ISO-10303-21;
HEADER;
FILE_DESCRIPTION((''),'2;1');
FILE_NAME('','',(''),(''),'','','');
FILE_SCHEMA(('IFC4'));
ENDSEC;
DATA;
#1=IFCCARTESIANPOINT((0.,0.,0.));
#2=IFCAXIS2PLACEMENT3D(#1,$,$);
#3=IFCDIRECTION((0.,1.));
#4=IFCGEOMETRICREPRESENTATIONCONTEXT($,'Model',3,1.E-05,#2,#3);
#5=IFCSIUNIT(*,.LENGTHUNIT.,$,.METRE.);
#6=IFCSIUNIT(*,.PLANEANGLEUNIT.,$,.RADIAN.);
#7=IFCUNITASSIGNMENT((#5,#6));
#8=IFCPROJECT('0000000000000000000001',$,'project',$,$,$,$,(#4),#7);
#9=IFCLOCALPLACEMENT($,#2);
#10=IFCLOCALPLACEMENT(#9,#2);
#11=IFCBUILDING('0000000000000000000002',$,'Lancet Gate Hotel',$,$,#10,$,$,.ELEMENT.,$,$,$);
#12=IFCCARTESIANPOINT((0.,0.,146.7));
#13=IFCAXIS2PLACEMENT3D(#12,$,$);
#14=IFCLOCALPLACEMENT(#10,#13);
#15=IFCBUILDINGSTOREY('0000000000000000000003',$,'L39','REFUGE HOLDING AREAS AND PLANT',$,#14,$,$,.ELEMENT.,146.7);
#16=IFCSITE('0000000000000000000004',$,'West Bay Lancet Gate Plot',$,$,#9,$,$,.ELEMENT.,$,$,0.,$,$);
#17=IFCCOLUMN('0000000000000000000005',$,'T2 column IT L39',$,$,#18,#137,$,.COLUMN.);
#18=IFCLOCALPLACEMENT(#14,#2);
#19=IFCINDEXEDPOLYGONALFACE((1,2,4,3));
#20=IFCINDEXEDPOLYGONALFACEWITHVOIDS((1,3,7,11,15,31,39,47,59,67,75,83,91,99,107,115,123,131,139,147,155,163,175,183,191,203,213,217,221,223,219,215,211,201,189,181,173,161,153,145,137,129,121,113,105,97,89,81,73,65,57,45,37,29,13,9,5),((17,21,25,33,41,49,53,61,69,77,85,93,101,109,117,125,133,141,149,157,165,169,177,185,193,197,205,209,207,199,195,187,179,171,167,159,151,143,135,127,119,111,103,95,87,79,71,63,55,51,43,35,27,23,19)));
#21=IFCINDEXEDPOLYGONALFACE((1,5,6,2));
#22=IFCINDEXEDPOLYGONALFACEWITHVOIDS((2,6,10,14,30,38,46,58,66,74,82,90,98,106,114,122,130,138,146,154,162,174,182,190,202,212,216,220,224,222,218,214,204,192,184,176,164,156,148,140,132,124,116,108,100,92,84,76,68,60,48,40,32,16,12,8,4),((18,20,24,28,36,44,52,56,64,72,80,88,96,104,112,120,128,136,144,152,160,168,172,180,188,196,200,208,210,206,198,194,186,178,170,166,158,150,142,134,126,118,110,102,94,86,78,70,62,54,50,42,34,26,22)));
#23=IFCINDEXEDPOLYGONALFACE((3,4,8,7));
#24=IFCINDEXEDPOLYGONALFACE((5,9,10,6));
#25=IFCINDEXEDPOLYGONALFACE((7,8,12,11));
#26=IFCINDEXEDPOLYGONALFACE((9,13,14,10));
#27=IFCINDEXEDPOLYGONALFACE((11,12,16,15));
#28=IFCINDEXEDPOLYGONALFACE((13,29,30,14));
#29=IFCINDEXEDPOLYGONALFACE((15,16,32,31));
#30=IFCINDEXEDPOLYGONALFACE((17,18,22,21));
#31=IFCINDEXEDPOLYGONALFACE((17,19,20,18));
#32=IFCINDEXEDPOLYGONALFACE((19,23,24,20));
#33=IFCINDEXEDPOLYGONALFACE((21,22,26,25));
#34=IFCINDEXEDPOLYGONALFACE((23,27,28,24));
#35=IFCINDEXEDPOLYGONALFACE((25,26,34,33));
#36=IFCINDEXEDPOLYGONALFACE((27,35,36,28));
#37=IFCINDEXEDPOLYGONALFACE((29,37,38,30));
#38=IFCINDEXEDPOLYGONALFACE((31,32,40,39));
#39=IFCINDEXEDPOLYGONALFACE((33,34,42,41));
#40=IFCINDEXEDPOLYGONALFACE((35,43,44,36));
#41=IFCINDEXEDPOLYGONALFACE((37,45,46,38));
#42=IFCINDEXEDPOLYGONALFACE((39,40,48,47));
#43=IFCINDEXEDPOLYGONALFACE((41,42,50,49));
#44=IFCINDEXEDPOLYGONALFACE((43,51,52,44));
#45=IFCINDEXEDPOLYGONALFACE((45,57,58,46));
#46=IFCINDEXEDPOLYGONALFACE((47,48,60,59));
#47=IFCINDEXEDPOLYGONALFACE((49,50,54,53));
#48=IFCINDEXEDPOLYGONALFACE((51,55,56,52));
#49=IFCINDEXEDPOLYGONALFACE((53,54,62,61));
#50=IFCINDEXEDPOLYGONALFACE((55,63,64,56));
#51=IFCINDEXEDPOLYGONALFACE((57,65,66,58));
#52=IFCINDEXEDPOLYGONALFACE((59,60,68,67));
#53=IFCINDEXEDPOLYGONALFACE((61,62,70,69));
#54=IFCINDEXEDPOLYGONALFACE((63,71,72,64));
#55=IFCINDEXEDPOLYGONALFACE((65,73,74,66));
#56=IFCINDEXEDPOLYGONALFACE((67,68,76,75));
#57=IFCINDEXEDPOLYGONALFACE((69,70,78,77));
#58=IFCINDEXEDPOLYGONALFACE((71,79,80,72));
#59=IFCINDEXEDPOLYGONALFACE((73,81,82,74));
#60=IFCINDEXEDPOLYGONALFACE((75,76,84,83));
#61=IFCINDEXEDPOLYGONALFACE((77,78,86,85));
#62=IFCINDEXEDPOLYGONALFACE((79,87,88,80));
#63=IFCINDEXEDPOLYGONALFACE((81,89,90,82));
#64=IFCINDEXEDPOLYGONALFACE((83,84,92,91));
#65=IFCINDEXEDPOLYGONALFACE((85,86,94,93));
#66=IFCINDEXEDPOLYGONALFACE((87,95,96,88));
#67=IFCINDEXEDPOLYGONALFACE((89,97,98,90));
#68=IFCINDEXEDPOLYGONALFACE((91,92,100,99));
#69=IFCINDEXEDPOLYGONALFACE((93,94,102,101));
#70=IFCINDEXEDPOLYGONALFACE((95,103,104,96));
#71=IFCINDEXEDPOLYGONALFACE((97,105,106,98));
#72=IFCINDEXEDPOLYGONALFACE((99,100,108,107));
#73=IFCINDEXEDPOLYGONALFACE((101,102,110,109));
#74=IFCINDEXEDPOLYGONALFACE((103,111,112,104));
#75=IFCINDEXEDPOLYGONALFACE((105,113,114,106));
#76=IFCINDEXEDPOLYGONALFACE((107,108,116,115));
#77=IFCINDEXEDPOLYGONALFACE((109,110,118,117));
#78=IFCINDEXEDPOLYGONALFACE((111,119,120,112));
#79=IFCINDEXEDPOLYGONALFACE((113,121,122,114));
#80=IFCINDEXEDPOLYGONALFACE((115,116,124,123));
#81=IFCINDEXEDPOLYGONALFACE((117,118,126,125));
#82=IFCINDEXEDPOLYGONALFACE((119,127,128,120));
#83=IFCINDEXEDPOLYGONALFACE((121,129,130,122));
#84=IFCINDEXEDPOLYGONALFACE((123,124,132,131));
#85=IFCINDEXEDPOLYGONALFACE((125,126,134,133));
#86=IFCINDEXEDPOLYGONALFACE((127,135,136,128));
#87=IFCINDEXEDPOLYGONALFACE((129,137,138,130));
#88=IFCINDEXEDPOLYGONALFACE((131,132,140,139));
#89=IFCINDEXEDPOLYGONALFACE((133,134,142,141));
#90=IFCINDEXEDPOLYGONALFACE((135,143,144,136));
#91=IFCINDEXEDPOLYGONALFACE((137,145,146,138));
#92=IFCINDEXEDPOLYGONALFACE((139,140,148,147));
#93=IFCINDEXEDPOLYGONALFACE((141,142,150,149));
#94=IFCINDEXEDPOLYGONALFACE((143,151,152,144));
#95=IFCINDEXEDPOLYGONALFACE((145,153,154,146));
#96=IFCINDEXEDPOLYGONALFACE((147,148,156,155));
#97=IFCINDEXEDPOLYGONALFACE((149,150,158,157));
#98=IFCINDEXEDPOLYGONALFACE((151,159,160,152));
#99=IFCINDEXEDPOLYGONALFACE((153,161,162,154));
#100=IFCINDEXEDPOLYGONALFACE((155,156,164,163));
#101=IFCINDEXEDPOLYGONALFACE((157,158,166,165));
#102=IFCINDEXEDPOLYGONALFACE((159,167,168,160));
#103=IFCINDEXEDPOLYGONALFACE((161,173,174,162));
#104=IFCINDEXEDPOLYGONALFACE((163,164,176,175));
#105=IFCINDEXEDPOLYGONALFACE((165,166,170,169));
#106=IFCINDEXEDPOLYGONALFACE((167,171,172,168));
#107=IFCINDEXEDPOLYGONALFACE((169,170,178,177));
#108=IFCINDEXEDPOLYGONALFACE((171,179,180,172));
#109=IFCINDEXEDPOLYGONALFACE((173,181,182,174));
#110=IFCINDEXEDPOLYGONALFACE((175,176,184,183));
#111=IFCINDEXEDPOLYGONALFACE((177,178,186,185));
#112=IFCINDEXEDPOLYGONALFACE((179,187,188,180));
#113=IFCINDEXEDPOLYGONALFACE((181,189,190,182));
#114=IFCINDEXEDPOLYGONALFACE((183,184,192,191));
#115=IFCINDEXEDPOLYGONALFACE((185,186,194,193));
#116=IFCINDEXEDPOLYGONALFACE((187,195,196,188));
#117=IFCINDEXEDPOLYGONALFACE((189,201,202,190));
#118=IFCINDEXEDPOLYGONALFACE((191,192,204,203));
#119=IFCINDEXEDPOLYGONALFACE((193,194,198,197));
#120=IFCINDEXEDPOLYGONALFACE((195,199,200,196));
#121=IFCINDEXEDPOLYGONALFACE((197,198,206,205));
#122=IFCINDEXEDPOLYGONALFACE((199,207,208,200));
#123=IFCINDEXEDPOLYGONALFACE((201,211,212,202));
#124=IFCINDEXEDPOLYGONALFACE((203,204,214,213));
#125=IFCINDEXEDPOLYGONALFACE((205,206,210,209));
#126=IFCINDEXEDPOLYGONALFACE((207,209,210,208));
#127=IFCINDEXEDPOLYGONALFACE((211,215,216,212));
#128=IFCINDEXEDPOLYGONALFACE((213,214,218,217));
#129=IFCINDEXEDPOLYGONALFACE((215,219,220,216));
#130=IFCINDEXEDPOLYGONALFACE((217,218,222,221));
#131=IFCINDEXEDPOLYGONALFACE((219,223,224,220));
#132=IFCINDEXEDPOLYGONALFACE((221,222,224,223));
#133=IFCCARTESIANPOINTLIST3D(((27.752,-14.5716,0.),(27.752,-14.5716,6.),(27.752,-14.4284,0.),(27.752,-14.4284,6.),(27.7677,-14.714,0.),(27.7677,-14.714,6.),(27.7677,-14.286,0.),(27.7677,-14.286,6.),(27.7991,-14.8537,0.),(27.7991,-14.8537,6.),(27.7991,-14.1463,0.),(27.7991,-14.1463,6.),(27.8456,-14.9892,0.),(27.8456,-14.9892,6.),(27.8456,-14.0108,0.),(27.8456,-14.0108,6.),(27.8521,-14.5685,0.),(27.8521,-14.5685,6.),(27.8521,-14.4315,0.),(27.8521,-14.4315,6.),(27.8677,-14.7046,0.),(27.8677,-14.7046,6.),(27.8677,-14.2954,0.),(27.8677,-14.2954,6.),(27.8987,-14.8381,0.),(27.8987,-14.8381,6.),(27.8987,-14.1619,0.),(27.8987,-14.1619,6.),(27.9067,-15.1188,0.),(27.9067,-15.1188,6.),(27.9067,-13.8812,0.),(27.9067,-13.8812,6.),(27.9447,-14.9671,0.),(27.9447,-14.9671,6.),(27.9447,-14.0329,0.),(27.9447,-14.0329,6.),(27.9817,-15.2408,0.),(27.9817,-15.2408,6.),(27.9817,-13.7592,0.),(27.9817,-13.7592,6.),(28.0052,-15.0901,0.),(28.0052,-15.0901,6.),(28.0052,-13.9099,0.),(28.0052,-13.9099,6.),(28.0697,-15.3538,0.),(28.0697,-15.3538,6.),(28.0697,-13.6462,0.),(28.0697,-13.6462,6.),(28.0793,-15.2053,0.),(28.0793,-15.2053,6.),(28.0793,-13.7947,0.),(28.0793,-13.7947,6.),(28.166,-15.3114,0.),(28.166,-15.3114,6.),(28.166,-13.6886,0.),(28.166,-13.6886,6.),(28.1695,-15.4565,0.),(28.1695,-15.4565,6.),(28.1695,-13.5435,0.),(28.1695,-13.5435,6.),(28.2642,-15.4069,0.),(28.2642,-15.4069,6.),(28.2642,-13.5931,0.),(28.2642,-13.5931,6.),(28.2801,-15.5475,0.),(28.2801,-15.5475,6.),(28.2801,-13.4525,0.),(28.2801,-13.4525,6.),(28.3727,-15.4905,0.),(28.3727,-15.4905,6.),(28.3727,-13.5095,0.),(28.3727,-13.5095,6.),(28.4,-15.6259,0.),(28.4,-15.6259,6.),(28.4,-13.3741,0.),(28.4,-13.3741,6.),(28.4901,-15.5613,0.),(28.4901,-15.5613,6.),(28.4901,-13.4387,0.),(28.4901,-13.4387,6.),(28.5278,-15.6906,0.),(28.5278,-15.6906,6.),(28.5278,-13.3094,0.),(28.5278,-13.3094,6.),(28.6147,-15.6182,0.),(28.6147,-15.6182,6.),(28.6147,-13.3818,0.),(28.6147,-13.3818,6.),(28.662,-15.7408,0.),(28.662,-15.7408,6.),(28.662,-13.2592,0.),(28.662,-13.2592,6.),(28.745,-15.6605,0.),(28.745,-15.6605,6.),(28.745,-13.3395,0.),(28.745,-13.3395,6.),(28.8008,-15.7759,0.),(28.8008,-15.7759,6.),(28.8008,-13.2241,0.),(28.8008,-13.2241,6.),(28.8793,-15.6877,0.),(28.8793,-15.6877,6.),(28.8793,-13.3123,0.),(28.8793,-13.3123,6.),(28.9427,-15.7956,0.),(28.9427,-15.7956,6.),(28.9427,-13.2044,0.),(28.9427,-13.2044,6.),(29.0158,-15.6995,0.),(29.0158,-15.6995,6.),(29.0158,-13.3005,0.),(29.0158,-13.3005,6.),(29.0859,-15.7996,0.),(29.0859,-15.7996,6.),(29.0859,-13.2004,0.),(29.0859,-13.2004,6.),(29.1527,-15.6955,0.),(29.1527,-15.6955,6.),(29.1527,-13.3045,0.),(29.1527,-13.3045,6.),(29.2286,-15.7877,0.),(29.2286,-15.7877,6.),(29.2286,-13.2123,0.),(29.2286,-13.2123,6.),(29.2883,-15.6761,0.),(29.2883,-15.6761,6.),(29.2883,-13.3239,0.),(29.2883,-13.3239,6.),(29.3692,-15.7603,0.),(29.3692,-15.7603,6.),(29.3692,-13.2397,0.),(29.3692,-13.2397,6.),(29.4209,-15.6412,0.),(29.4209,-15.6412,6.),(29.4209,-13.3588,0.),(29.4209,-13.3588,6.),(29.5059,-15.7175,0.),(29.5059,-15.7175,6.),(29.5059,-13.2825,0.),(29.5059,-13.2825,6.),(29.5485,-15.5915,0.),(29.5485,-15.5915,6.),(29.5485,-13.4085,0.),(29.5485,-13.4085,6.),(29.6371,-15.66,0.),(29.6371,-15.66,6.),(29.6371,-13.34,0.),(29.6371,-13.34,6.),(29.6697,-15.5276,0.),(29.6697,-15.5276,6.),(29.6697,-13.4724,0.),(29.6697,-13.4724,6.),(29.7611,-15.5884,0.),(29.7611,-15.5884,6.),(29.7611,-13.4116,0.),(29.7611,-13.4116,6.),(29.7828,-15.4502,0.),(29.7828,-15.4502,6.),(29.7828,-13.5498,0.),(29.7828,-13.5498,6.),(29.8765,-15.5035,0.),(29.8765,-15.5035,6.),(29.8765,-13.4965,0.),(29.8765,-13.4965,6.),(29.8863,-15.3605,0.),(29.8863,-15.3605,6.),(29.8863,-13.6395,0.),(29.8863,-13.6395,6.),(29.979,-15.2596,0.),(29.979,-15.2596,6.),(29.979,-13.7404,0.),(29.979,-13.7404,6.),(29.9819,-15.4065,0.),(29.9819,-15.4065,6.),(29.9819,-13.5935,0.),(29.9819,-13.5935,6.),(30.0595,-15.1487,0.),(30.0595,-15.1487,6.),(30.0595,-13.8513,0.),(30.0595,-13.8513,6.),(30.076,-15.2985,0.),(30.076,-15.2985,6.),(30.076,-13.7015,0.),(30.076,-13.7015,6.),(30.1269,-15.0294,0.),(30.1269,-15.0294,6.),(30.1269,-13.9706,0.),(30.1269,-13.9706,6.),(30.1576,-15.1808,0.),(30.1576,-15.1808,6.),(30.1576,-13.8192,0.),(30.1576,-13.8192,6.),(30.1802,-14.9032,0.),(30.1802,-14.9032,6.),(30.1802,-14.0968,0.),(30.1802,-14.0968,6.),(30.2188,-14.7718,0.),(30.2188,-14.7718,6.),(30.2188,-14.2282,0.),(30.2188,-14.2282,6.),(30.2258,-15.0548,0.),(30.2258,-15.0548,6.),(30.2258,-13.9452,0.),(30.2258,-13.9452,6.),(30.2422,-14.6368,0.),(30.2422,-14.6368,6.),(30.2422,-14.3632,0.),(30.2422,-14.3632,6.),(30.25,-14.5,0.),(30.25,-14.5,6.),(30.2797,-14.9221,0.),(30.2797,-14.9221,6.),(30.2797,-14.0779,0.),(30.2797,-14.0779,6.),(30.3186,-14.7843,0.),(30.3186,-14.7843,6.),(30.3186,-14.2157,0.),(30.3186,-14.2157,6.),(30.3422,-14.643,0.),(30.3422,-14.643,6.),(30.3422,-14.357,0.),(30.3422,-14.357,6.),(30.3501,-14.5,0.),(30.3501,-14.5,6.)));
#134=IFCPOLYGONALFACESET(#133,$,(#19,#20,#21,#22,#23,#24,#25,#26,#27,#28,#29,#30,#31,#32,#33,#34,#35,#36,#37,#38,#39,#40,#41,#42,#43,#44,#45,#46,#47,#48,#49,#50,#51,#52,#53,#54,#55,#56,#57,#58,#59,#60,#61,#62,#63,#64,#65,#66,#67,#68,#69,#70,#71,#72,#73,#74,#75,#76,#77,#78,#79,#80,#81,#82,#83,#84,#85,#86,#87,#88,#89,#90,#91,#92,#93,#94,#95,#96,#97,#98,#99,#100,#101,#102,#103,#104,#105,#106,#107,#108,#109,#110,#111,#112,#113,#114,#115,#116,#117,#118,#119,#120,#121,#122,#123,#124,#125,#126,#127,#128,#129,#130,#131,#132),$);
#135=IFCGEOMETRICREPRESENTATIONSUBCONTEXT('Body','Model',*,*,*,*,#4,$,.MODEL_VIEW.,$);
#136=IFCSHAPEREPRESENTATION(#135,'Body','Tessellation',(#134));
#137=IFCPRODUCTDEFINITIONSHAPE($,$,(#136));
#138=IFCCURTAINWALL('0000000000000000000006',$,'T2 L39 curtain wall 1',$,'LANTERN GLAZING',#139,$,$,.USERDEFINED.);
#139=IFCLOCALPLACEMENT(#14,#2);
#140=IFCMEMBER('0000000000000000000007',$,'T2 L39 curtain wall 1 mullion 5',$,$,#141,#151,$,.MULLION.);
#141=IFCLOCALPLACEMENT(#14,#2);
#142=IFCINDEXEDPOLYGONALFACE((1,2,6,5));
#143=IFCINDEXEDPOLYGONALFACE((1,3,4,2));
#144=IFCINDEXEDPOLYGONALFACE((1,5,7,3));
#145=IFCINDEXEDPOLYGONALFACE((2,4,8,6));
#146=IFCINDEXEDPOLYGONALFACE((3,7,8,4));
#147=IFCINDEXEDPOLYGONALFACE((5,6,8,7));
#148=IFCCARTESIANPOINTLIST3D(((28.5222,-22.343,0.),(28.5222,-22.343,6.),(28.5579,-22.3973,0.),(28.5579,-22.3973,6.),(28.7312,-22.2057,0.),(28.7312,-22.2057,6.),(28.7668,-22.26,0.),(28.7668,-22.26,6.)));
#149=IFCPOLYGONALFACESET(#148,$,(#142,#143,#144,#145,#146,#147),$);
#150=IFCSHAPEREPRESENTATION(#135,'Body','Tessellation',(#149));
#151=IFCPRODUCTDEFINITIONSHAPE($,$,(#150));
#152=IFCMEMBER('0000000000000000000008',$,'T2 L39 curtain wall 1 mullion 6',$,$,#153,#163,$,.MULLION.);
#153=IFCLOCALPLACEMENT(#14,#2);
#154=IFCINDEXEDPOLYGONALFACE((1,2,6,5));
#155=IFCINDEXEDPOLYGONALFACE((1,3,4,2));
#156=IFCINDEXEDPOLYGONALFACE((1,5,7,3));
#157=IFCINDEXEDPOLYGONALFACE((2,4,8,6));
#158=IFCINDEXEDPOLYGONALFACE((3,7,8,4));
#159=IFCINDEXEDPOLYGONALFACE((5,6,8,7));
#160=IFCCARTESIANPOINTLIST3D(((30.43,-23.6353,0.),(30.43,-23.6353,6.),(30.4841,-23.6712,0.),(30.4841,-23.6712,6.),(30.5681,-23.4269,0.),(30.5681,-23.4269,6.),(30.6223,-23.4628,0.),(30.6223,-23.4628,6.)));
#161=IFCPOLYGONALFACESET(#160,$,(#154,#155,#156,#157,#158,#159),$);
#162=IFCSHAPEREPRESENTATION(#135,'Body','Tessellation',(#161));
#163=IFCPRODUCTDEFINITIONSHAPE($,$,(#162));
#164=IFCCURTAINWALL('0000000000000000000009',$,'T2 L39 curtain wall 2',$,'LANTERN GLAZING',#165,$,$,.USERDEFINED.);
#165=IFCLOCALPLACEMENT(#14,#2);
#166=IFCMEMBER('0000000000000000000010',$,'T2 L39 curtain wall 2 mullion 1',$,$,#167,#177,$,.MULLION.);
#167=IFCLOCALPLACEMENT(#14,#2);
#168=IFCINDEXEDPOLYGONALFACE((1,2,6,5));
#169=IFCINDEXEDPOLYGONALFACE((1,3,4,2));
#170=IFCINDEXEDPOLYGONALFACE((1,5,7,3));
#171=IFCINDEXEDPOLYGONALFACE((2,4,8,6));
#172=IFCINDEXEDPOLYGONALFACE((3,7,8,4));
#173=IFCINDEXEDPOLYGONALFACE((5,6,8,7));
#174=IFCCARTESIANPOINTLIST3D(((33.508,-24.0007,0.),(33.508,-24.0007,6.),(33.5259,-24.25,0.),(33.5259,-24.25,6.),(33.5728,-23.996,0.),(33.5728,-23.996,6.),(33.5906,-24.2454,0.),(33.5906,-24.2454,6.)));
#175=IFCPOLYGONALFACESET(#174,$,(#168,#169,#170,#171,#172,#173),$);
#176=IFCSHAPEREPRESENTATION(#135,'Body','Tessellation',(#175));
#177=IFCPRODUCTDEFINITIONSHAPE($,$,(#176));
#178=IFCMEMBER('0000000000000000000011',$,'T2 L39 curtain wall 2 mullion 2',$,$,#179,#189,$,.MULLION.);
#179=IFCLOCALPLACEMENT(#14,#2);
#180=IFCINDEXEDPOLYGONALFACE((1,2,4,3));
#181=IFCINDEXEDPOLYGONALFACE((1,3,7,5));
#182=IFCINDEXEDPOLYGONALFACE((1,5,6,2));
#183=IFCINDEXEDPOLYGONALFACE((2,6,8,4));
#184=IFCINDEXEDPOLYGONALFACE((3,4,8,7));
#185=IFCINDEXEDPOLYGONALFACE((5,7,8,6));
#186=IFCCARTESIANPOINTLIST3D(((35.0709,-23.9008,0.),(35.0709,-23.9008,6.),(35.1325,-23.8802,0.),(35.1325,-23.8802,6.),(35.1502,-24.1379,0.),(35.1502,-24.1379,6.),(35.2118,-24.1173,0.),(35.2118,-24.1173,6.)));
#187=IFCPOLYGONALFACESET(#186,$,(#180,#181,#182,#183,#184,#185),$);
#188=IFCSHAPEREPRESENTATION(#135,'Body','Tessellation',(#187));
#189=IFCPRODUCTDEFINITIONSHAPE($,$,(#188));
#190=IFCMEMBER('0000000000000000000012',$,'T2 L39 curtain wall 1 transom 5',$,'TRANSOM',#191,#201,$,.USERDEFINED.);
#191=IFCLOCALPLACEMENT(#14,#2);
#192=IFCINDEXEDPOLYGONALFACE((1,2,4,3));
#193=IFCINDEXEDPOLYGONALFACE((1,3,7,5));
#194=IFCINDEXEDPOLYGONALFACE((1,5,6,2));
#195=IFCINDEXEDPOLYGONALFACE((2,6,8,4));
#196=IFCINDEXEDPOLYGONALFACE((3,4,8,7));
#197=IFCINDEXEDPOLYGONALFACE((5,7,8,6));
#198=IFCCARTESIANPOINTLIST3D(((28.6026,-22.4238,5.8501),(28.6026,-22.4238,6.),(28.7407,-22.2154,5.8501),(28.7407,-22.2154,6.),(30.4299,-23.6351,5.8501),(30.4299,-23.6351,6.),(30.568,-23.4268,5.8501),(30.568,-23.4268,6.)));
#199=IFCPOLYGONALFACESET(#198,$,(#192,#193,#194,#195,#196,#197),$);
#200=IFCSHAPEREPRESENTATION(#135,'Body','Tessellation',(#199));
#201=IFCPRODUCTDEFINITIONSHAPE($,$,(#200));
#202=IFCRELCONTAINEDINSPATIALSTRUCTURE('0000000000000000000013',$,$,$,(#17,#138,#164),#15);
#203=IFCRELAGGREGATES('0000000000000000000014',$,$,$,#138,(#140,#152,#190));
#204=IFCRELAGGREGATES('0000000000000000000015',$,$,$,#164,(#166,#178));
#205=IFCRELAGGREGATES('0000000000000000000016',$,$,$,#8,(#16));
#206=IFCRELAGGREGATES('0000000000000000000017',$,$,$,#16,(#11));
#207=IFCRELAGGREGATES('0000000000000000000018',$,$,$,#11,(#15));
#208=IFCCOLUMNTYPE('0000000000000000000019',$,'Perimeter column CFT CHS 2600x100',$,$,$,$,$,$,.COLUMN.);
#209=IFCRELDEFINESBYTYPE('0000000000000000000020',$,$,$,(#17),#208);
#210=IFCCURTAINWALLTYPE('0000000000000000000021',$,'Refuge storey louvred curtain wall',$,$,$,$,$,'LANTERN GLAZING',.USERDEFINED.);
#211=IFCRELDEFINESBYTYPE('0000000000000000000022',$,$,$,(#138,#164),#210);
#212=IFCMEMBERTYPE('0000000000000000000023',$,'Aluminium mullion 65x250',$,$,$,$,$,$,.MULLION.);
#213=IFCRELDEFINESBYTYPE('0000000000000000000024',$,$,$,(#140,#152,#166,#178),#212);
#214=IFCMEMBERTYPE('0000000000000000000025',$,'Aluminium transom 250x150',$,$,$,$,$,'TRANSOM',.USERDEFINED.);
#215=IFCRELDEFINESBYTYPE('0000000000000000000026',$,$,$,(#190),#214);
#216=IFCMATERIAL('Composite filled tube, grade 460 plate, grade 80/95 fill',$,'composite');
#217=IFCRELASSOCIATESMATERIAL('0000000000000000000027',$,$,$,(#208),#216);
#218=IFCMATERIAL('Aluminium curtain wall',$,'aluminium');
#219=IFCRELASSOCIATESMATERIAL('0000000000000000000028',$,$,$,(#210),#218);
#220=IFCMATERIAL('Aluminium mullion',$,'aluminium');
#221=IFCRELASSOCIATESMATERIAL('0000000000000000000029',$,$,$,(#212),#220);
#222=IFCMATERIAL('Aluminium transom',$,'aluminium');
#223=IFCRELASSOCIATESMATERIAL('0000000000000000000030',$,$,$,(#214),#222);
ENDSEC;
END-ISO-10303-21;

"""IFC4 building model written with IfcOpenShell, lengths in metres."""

from ifc_helpers import new_model, si_unit, direction, frame, origin, origin_2d, place, context, subcontext, project, spatial, rectangle, hollow_circle, extrude, material, material_profile, profile_set, type_object, element, aggregate, save


model = new_model("IFC4")

# Units and contexts
model_context = context("Model", 3, precision=1e-05, world=origin(), true_north=direction((0.0, 1.0)))
body_context = subcontext(model_context, "Body", "Model", "MODEL_VIEW")
ifc_project = project(units=[si_unit("LENGTHUNIT", "METRE"), si_unit("PLANEANGLEUNIT", "RADIAN")], contexts=[model_context])

# Site, building, storey
site_placement = place(None, origin())
site = spatial("IfcSite", under=ifc_project, at=site_placement, Name="West Bay Lancet Gate Plot", CompositionType="ELEMENT", RefElevation=0.0)
building_placement = place(site_placement, origin())
building = spatial("IfcBuilding", under=site, at=building_placement, Name="Lancet Gate Hotel", CompositionType="ELEMENT")
storey_placement = place(building_placement, frame((0.0, 0.0, 146.7)))
storey = spatial("IfcBuildingStorey", under=building, at=storey_placement, Name="L39", Description="REFUGE HOLDING AREAS AND PLANT", CompositionType="ELEMENT", Elevation=146.7)

# Column
ifc_material_1 = material(Name="Composite filled tube, grade 460 plate, grade 80/95 fill", Category="composite")
ifc_material_profile_1 = material_profile(ifc_material_1, hollow_circle(Radius=1.3, WallThickness=0.1001, at=origin_2d()), Name="CHS 2600x100")
ifc_profile_set_1 = profile_set([ifc_material_profile_1], Name="Composite filled tube, grade 460 plate, grade 80/95 fill")
column_type = type_object("IfcColumnType", Name="Perimeter column CFT CHS 2600x100", PredefinedType="COLUMN", material=ifc_profile_set_1)
for number, where, z_axis, x_axis, name in (
    (1, (29.05, -14.5, 0.0), (0.0, 0.0, 1.0), (1.0, 0.0, 0.0), "T2 column IT L39"),
):
    element("IfcColumn", number, at=place(storey_placement, frame(where, z_axis=z_axis, x_axis=x_axis)), inside=storey, type_object=column_type, Name=name, PredefinedType="COLUMN", context=body_context, shape_type="SweptSolid", body=[
        extrude(hollow_circle(Radius=1.3, WallThickness=0.1001, at=origin_2d()), origin(), (0.0, 0.0, 1.0), 6.0),
    ])

# Curtain walls, members
ifc_material_2 = material(Name="Aluminium curtain wall", Category="aluminium")
curtain_wall_type = type_object("IfcCurtainWallType", Name="Refuge storey louvred curtain wall", ElementType="LANTERN GLAZING", PredefinedType="USERDEFINED", material=ifc_material_2)
curtain_wall_1_placement = place(storey_placement, origin())
curtain_wall_1 = element("IfcCurtainWall", 2, at=curtain_wall_1_placement, inside=storey, type_object=curtain_wall_type, Name="T2 L39 curtain wall 1", ObjectType="LANTERN GLAZING", PredefinedType="USERDEFINED")
ifc_material_3 = material(Name="Aluminium mullion", Category="aluminium")
ifc_material_profile_2 = material_profile(ifc_material_3, rectangle(XDim=0.0649, YDim=0.25, at=origin_2d()), Name="MULLION 65x250")
ifc_profile_set_2 = profile_set([ifc_material_profile_2], Name="Aluminium mullion")
member_type_1 = type_object("IfcMemberType", Name="Aluminium mullion 65x250", PredefinedType="MULLION", material=ifc_profile_set_2)
member_1_placement = place(storey_placement, frame((28.6445, -22.3015, 0.0), z_axis=(0.0, 0.0, 1.0), x_axis=(0.549092, -0.835762, 0.0)))
member_1 = element("IfcMember", 3, at=member_1_placement, type_object=member_type_1, Name="T2 L39 curtain wall 1 mullion 5", PredefinedType="MULLION", context=body_context, shape_type="SweptSolid", body=[
    extrude(rectangle(XDim=0.0649, YDim=0.25, at=origin_2d()), origin(), (0.0, 0.0, 1.0), 6.0),
])
member_2_placement = place(storey_placement, frame((30.5261, -23.5491, 0.0), z_axis=(0.0, 0.0, 1.0), x_axis=(0.833465, -0.552573, 0.0)))
member_2 = element("IfcMember", 4, at=member_2_placement, type_object=member_type_1, Name="T2 L39 curtain wall 1 mullion 6", PredefinedType="MULLION", context=body_context, shape_type="SweptSolid", body=[
    extrude(rectangle(XDim=0.0649, YDim=0.25, at=origin_2d()), origin(), (0.0, 0.0, 1.0), 6.0),
])
curtain_wall_2_placement = place(storey_placement, origin())
curtain_wall_2 = element("IfcCurtainWall", 5, at=curtain_wall_2_placement, inside=storey, type_object=curtain_wall_type, Name="T2 L39 curtain wall 2", ObjectType="LANTERN GLAZING", PredefinedType="USERDEFINED")
member_3_placement = place(storey_placement, frame((33.5493, -24.123, 0.0), z_axis=(0.0, 0.0, 1.0), x_axis=(0.997448, 0.07139, 0.0)))
member_3 = element("IfcMember", 6, at=member_3_placement, type_object=member_type_1, Name="T2 L39 curtain wall 2 mullion 1", PredefinedType="MULLION", context=body_context, shape_type="SweptSolid", body=[
    extrude(rectangle(XDim=0.0649, YDim=0.25, at=origin_2d()), origin(), (0.0, 0.0, 1.0), 6.0),
])
member_4_placement = place(storey_placement, frame((35.1414, -24.009, 0.0), z_axis=(0.0, 0.0, 1.0), x_axis=(0.948382, 0.317129, 0.0)))
member_4 = element("IfcMember", 7, at=member_4_placement, type_object=member_type_1, Name="T2 L39 curtain wall 2 mullion 2", PredefinedType="MULLION", context=body_context, shape_type="SweptSolid", body=[
    extrude(rectangle(XDim=0.0649, YDim=0.25, at=origin_2d()), origin(), (0.0, 0.0, 1.0), 6.0),
])

# Member
ifc_material_4 = material(Name="Aluminium transom", Category="aluminium")
ifc_material_profile_3 = material_profile(ifc_material_4, rectangle(XDim=0.25, YDim=0.1499, at=origin_2d()), Name="TRANSOM 250x150")
ifc_profile_set_3 = profile_set([ifc_material_profile_3], Name="Aluminium transom")
member_type_2 = type_object("IfcMemberType", Name="Aluminium transom 250x150", ElementType="TRANSOM", PredefinedType="USERDEFINED", material=ifc_profile_set_3)
member_5_placement = place(storey_placement, frame((28.6716, -22.3196, 5.925), z_axis=(0.833487, -0.55254, 0.0), x_axis=(0.55254, 0.833487, 0.0)))
member_5 = element("IfcMember", 8, at=member_5_placement, type_object=member_type_2, Name="T2 L39 curtain wall 1 transom 5", ObjectType="TRANSOM", PredefinedType="USERDEFINED", context=body_context, shape_type="SweptSolid", body=[
    extrude(rectangle(XDim=0.25, YDim=0.1499, at=origin_2d()), origin(), (0.0, 0.0, 1.0), 2.1924),
])

aggregate(curtain_wall_1, [member_1, member_2, member_5])
aggregate(curtain_wall_2, [member_3, member_4])

save(model, "model.ifc")
